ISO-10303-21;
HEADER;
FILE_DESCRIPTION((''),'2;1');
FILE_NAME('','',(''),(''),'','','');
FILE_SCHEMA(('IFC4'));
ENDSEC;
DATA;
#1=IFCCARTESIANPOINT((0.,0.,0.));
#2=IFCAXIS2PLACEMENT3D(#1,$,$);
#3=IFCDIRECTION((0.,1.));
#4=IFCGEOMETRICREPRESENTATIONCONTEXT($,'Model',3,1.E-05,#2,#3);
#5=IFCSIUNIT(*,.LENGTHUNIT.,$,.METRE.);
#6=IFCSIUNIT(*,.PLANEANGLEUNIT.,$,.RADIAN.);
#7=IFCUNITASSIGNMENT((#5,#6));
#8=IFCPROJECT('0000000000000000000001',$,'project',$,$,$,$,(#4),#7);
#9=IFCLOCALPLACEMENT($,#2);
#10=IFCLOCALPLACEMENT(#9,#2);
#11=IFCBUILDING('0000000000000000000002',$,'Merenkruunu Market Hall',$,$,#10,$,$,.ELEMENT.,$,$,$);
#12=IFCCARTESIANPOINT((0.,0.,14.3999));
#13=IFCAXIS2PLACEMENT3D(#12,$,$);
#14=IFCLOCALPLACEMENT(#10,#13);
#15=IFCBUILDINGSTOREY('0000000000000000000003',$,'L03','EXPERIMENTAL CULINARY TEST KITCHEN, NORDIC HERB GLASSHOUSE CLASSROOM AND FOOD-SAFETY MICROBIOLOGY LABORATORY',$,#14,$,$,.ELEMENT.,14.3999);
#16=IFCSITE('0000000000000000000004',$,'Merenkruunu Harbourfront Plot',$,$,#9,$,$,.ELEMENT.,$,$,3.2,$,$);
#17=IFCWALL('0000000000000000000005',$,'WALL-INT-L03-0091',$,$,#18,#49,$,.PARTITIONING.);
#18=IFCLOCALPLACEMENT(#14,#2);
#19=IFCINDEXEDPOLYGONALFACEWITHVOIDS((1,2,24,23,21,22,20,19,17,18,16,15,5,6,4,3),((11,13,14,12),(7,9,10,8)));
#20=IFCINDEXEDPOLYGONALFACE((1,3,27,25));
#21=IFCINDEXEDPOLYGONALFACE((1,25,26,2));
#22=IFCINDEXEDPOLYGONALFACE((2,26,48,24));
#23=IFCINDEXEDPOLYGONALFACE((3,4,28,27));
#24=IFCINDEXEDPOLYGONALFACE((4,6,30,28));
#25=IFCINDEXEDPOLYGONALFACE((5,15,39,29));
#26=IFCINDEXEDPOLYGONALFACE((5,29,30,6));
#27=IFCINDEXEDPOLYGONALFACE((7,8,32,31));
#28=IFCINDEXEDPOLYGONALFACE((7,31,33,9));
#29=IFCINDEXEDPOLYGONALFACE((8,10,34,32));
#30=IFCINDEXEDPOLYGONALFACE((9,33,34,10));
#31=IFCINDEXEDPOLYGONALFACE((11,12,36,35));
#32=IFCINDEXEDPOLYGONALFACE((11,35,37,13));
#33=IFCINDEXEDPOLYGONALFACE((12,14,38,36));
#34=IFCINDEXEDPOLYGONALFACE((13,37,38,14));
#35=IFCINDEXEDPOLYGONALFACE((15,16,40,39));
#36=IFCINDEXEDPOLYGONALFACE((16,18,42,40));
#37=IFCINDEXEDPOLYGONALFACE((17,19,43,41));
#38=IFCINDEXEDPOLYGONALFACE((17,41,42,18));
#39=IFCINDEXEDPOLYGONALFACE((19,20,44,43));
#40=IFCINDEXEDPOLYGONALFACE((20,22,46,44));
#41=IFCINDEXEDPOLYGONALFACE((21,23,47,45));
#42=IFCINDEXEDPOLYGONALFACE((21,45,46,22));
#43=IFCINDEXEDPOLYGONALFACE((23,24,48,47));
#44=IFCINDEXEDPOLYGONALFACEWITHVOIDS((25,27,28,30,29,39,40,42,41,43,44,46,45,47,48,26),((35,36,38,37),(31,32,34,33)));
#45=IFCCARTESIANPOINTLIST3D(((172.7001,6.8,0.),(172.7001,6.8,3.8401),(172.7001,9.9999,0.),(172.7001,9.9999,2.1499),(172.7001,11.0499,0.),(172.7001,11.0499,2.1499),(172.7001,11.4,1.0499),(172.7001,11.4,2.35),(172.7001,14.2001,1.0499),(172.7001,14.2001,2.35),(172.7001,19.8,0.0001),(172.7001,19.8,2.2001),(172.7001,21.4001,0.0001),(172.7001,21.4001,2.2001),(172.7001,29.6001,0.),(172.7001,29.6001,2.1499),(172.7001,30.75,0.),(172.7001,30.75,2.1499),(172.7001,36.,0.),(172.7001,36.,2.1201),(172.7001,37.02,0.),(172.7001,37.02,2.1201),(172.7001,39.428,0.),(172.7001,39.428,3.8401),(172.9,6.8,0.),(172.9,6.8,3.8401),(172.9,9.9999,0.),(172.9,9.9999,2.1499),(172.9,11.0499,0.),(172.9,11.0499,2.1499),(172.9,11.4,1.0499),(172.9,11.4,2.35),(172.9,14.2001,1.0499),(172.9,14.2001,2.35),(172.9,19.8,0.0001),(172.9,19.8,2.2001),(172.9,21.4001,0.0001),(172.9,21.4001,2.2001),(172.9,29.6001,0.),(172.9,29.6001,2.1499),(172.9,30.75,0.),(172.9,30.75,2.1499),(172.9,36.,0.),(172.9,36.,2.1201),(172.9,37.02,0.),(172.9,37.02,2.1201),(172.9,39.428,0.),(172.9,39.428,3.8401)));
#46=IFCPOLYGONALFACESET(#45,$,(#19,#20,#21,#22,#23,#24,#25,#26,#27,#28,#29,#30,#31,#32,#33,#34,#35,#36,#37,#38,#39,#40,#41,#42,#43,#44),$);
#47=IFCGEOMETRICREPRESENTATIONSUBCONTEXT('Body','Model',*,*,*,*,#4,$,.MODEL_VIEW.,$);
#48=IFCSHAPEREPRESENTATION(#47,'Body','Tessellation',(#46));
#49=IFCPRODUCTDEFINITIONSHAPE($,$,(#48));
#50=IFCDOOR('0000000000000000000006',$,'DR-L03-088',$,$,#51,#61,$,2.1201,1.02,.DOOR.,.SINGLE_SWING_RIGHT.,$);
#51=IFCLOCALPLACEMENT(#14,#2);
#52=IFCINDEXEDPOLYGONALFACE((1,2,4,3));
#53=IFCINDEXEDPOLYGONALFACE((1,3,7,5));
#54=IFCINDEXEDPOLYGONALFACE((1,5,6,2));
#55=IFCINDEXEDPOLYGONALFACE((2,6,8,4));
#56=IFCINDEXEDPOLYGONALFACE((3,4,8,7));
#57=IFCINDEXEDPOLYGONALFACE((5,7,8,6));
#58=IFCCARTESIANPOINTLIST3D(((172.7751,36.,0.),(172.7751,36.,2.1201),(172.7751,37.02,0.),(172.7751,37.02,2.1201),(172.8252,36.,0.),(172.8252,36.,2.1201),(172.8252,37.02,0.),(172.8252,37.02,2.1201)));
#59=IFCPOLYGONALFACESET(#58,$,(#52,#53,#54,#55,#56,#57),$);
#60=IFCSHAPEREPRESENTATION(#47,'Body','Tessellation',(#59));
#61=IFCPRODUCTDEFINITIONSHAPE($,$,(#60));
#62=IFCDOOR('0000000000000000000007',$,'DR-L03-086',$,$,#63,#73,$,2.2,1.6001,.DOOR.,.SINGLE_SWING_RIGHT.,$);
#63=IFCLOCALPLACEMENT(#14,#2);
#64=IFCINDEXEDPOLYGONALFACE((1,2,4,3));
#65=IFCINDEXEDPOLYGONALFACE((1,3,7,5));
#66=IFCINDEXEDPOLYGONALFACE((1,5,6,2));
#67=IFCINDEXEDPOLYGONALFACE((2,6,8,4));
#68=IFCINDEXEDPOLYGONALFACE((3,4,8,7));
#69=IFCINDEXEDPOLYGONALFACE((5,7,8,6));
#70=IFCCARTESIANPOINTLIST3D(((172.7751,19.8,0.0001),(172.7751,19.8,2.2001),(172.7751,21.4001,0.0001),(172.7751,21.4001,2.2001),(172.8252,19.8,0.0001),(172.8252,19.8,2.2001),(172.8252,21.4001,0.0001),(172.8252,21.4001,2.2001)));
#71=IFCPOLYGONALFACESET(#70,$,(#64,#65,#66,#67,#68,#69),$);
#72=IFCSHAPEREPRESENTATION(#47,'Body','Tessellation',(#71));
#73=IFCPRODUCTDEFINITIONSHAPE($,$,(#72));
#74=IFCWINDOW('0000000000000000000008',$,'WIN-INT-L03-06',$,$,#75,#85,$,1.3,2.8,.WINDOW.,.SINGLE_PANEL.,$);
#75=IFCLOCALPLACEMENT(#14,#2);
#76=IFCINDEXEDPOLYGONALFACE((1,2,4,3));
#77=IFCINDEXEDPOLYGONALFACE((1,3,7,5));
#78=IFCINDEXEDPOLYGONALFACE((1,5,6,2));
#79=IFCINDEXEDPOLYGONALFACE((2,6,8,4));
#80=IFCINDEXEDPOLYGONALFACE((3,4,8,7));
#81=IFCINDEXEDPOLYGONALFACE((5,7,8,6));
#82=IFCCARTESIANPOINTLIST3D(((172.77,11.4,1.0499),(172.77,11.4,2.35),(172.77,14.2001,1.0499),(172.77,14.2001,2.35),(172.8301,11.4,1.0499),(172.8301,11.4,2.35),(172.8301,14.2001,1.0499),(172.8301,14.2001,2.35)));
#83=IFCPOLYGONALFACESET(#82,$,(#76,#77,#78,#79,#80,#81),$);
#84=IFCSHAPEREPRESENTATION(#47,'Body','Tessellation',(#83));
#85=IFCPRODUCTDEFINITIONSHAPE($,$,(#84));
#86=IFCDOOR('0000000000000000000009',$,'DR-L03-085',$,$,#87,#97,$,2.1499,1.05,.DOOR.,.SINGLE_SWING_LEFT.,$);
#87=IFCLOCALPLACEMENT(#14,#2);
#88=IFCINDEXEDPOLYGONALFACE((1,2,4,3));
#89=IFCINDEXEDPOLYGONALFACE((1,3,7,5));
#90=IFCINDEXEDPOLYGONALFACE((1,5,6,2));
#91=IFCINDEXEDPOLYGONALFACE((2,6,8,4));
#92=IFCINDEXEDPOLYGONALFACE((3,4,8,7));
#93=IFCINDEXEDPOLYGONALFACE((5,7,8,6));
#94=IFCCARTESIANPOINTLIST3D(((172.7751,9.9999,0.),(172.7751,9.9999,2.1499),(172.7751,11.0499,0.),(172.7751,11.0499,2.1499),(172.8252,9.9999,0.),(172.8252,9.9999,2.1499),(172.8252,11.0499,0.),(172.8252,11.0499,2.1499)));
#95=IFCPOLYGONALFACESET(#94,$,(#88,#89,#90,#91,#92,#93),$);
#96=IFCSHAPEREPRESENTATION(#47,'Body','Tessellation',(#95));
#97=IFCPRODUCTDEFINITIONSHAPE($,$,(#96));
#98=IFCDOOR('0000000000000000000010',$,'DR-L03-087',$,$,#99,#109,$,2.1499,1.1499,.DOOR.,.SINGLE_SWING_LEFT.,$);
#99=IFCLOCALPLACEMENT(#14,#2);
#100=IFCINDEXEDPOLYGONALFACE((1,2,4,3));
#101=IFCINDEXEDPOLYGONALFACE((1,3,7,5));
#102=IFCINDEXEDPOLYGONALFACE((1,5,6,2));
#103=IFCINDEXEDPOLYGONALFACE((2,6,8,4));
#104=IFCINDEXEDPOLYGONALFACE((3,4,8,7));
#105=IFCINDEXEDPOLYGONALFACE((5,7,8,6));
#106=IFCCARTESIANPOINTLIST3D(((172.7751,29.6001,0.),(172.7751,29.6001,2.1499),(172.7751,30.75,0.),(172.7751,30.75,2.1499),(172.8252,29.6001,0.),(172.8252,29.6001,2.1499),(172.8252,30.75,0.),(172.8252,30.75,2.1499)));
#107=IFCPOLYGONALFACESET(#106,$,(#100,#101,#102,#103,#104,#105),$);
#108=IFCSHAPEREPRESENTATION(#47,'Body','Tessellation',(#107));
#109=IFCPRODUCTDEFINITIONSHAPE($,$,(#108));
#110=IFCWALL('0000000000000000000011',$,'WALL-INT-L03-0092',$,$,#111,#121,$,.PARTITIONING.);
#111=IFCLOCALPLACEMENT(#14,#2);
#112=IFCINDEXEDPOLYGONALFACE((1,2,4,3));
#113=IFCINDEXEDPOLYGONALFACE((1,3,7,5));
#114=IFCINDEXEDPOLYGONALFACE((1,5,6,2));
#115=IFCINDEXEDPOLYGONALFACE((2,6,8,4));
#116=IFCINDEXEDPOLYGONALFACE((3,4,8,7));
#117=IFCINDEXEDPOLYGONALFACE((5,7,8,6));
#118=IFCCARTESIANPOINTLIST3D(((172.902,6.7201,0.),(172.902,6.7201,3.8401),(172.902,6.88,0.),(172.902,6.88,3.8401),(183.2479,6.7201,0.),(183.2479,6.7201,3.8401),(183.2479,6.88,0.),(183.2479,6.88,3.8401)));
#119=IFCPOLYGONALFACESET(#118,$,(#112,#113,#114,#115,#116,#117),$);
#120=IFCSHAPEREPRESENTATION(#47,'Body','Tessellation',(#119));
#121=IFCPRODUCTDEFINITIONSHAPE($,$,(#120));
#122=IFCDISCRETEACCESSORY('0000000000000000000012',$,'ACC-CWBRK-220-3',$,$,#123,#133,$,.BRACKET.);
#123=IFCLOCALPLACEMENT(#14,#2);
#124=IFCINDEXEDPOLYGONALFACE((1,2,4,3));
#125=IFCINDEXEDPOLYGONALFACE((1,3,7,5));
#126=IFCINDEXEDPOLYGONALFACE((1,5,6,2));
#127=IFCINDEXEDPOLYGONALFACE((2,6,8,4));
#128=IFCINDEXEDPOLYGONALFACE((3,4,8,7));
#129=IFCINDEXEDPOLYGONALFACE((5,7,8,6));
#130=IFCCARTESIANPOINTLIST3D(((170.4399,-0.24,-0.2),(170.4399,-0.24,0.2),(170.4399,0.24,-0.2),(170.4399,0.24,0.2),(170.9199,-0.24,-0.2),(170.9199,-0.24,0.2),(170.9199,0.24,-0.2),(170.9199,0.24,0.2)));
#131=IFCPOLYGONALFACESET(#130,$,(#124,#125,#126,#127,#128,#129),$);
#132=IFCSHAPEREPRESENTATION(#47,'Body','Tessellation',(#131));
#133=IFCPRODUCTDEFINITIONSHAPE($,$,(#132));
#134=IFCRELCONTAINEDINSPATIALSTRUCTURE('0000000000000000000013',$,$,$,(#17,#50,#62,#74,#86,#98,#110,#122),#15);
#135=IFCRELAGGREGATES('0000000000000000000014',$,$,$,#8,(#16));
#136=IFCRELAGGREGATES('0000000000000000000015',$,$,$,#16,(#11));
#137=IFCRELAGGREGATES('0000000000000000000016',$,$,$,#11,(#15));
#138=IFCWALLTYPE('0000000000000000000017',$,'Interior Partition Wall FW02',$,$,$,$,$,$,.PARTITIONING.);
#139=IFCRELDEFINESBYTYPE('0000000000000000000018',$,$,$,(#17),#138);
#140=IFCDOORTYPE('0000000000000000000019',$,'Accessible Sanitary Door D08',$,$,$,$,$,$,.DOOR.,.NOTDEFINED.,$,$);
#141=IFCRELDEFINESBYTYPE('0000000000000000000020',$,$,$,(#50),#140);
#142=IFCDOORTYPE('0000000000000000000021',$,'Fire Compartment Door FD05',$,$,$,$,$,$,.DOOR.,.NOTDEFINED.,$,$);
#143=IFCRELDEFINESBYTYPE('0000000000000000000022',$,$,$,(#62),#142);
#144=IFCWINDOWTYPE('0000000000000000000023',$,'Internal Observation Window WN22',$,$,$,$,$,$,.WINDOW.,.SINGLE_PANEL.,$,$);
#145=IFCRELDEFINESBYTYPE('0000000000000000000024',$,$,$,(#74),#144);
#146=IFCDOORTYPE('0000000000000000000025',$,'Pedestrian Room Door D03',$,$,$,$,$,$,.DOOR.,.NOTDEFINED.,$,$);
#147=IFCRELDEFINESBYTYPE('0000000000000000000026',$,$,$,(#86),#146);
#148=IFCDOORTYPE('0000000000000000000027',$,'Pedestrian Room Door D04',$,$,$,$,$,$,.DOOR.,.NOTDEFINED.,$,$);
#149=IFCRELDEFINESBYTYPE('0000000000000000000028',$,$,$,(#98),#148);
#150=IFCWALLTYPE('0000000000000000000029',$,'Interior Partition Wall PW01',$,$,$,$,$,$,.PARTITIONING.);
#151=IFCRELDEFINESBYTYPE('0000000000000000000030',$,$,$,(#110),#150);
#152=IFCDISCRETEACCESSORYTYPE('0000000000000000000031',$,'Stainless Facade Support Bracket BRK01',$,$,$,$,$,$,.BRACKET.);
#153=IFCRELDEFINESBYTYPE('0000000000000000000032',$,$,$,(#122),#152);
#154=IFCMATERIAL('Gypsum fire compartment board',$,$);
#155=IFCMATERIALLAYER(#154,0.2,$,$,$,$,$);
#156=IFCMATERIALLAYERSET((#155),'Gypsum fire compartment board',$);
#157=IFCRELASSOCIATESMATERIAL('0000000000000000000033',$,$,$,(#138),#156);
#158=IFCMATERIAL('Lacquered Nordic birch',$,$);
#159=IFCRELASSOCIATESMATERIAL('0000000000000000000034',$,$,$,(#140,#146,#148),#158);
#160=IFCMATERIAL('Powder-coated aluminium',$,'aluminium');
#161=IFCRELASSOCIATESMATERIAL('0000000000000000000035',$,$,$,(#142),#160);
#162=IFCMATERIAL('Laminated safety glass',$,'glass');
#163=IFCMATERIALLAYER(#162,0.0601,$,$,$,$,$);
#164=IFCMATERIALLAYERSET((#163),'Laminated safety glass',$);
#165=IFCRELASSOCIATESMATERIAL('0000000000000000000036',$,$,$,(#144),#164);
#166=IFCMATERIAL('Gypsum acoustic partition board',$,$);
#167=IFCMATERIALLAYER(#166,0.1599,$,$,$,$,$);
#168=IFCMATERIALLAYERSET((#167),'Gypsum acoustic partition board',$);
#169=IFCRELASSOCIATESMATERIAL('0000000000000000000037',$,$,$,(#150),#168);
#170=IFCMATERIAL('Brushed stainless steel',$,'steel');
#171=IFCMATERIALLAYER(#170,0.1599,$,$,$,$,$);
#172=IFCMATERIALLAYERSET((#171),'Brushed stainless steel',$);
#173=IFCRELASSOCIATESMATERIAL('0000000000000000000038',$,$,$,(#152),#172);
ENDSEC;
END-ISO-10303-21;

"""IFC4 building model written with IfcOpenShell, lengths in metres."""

from ifc_helpers import new_model, si_unit, direction, frame, frame_2d, origin, origin_2d, place, context, subcontext, project, spatial, rectangle, extrude, material, layer, layer_set, type_object, element, fill, save


model = new_model("IFC4")

# Units and contexts
model_context = context("Model", 3, precision=1e-05, world=origin(), true_north=direction((0.0, 1.0)))
body_context = subcontext(model_context, "Body", "Model", "MODEL_VIEW")
ifc_project = project(units=[si_unit("LENGTHUNIT", "METRE"), si_unit("PLANEANGLEUNIT", "RADIAN")], contexts=[model_context])

# Site, building, storey
site_placement = place(None, origin())
site = spatial("IfcSite", under=ifc_project, at=site_placement, Name="Merenkruunu Harbourfront Plot", CompositionType="ELEMENT", RefElevation=3.2)
building_placement = place(site_placement, origin())
building = spatial("IfcBuilding", under=site, at=building_placement, Name="Merenkruunu Market Hall", CompositionType="ELEMENT")
storey_placement = place(building_placement, frame((0.0, 0.0, 14.3999)))
storey = spatial("IfcBuildingStorey", under=building, at=storey_placement, Name="L03", Description="EXPERIMENTAL CULINARY TEST KITCHEN, NORDIC HERB GLASSHOUSE CLASSROOM AND FOOD-SAFETY MICROBIOLOGY LABORATORY", CompositionType="ELEMENT", Elevation=14.3999)

# Shared definitions
ifc_material_1 = material(Name="Powder-coated aluminium", Category="aluminium")

# Wall, openings, doors, window
ifc_material_2 = material(Name="Gypsum fire compartment board")
ifc_layer_1 = layer(ifc_material_2, 0.2)
ifc_layer_set_1 = layer_set([ifc_layer_1], Name="Gypsum fire compartment board")
wall_type_1 = type_object("IfcWallType", Name="Interior Partition Wall FW02", PredefinedType="PARTITIONING", material=ifc_layer_set_1)
wall_1_placement = place(storey_placement, frame((172.8, 6.8, 0.0), z_axis=(0.0, 0.0, 1.0), x_axis=(0.0, 1.0, 0.0)))
wall_1 = element("IfcWall", 1, at=wall_1_placement, inside=storey, type_object=wall_type_1, Name="WALL-INT-L03-0091", PredefinedType="PARTITIONING", context=body_context, shape_type="SweptSolid", body=[
    extrude(rectangle(XDim=32.6279, YDim=0.2, at=frame_2d((16.314, 0.0))), origin(), (0.0, 0.0, 1.0), 3.8401),
])
opening_1_placement = place(wall_1_placement, frame((3.2, 0.0, 0.0)))
opening_1 = element("IfcOpeningElement", 2, at=opening_1_placement, cuts=wall_1, PredefinedType="OPENING", context=body_context, shape_type="SweptSolid", body=[
    extrude(rectangle(XDim=1.05, YDim=2.1499, at=frame_2d((0.5249, 1.075))), frame((0.0, 0.1099, 0.0), z_axis=(0.0, -1.0, 0.0), x_axis=(1.0, 0.0, 0.0)), (0.0, 0.0, 1.0), 0.22),
])
opening_2_placement = place(wall_1_placement, frame((13.0, 0.0, 0.0)))
opening_2 = element("IfcOpeningElement", 3, at=opening_2_placement, cuts=wall_1, PredefinedType="OPENING", context=body_context, shape_type="SweptSolid", body=[
    extrude(rectangle(XDim=1.6001, YDim=2.2, at=frame_2d((0.8, 1.1001))), frame((0.0, 0.1099, 0.0), z_axis=(0.0, -1.0, 0.0), x_axis=(1.0, 0.0, 0.0)), (0.0, 0.0, 1.0), 0.22),
])
opening_3_placement = place(wall_1_placement, frame((22.8, 0.0, 0.0)))
opening_3 = element("IfcOpeningElement", 4, at=opening_3_placement, cuts=wall_1, PredefinedType="OPENING", context=body_context, shape_type="SweptSolid", body=[
    extrude(rectangle(XDim=1.1499, YDim=2.1499, at=frame_2d((0.575, 1.075))), frame((0.0, 0.1099, 0.0), z_axis=(0.0, -1.0, 0.0), x_axis=(1.0, 0.0, 0.0)), (0.0, 0.0, 1.0), 0.22),
])
opening_4_placement = place(wall_1_placement, frame((29.2, 0.0, 0.0)))
opening_4 = element("IfcOpeningElement", 5, at=opening_4_placement, cuts=wall_1, PredefinedType="OPENING", context=body_context, shape_type="SweptSolid", body=[
    extrude(rectangle(XDim=1.02, YDim=2.1201, at=frame_2d((0.51, 1.0601))), frame((0.0, 0.1099, 0.0), z_axis=(0.0, -1.0, 0.0), x_axis=(1.0, 0.0, 0.0)), (0.0, 0.0, 1.0), 0.22),
])
opening_5_placement = place(wall_1_placement, frame((4.6001, 0.0, 1.05)))
opening_5 = element("IfcOpeningElement", 6, at=opening_5_placement, cuts=wall_1, PredefinedType="OPENING", context=body_context, shape_type="SweptSolid", body=[
    extrude(rectangle(XDim=2.8, YDim=1.3, at=frame_2d((1.3999, 0.6499))), frame((0.0, 0.1099, 0.0), z_axis=(0.0, -1.0, 0.0), x_axis=(1.0, 0.0, 0.0)), (0.0, 0.0, 1.0), 0.22),
])
ifc_material_3 = material(Name="Lacquered Nordic birch")
door_type_1 = type_object("IfcDoorType", Name="Accessible Sanitary Door D08", OperationType="NOTDEFINED", PredefinedType="DOOR", material=ifc_material_3)
door_1_placement = place(opening_4_placement, origin())
door_1 = element("IfcDoor", 7, at=door_1_placement, inside=storey, type_object=door_type_1, Name="DR-L03-088", OperationType="SINGLE_SWING_RIGHT", OverallHeight=2.1201, OverallWidth=1.02, PredefinedType="DOOR", context=body_context, shape_type="SweptSolid", body=[
    extrude(rectangle(XDim=1.02, YDim=2.1201, at=frame_2d((0.51, 1.0601))), frame((0.0, 0.0249, 0.0), z_axis=(0.0, -1.0, 0.0), x_axis=(1.0, 0.0, 0.0)), (0.0, 0.0, 1.0), 0.05),
])
fill(opening_4, door_1)
door_type_2 = type_object("IfcDoorType", Name="Fire Compartment Door FD05", OperationType="NOTDEFINED", PredefinedType="DOOR", material=ifc_material_1)
door_2_placement = place(opening_2_placement, origin())
door_2 = element("IfcDoor", 8, at=door_2_placement, inside=storey, type_object=door_type_2, Name="DR-L03-086", OperationType="SINGLE_SWING_RIGHT", OverallHeight=2.2, OverallWidth=1.6001, PredefinedType="DOOR", context=body_context, shape_type="SweptSolid", body=[
    extrude(rectangle(XDim=1.6001, YDim=2.2, at=frame_2d((0.8, 1.1001))), frame((0.0, 0.0249, 0.0), z_axis=(0.0, -1.0, 0.0), x_axis=(1.0, 0.0, 0.0)), (0.0, 0.0, 1.0), 0.05),
])
fill(opening_2, door_2)
ifc_material_4 = material(Name="Laminated safety glass", Category="glass")
ifc_layer_2 = layer(ifc_material_4, 0.0601)
ifc_layer_set_2 = layer_set([ifc_layer_2], Name="Laminated safety glass")
window_type = type_object("IfcWindowType", Name="Internal Observation Window WN22", PartitioningType="SINGLE_PANEL", PredefinedType="WINDOW", material=ifc_layer_set_2)
window_placement = place(opening_5_placement, origin())
window = element("IfcWindow", 9, at=window_placement, inside=storey, type_object=window_type, Name="WIN-INT-L03-06", OverallHeight=1.3, OverallWidth=2.8, PartitioningType="SINGLE_PANEL", PredefinedType="WINDOW", context=body_context, shape_type="SweptSolid", body=[
    extrude(rectangle(XDim=2.8, YDim=1.3, at=frame_2d((1.3999, 0.6499))), frame((0.0, 0.03, 0.0), z_axis=(0.0, -1.0, 0.0), x_axis=(1.0, 0.0, 0.0)), (0.0, 0.0, 1.0), 0.0601),
])
fill(opening_5, window)
door_type_3 = type_object("IfcDoorType", Name="Pedestrian Room Door D03", OperationType="NOTDEFINED", PredefinedType="DOOR", material=ifc_material_3)
door_3_placement = place(opening_1_placement, origin())
door_3 = element("IfcDoor", 10, at=door_3_placement, inside=storey, type_object=door_type_3, Name="DR-L03-085", OperationType="SINGLE_SWING_LEFT", OverallHeight=2.1499, OverallWidth=1.05, PredefinedType="DOOR", context=body_context, shape_type="SweptSolid", body=[
    extrude(rectangle(XDim=1.05, YDim=2.1499, at=frame_2d((0.5249, 1.075))), frame((0.0, 0.0249, 0.0), z_axis=(0.0, -1.0, 0.0), x_axis=(1.0, 0.0, 0.0)), (0.0, 0.0, 1.0), 0.05),
])
fill(opening_1, door_3)
door_type_4 = type_object("IfcDoorType", Name="Pedestrian Room Door D04", OperationType="NOTDEFINED", PredefinedType="DOOR", material=ifc_material_3)
door_4_placement = place(opening_3_placement, origin())
door_4 = element("IfcDoor", 11, at=door_4_placement, inside=storey, type_object=door_type_4, Name="DR-L03-087", OperationType="SINGLE_SWING_LEFT", OverallHeight=2.1499, OverallWidth=1.1499, PredefinedType="DOOR", context=body_context, shape_type="SweptSolid", body=[
    extrude(rectangle(XDim=1.1499, YDim=2.1499, at=frame_2d((0.575, 1.075))), frame((0.0, 0.0249, 0.0), z_axis=(0.0, -1.0, 0.0), x_axis=(1.0, 0.0, 0.0)), (0.0, 0.0, 1.0), 0.05),
])
fill(opening_3, door_4)

# Wall
ifc_material_5 = material(Name="Gypsum acoustic partition board")
ifc_layer_3 = layer(ifc_material_5, 0.1599)
ifc_layer_set_3 = layer_set([ifc_layer_3], Name="Gypsum acoustic partition board")
wall_type_2 = type_object("IfcWallType", Name="Interior Partition Wall PW01", PredefinedType="PARTITIONING", material=ifc_layer_set_3)
wall_2_placement = place(storey_placement, frame((172.9021, 6.8, 0.0), z_axis=(0.0, 0.0, 1.0), x_axis=(1.0, 0.0, 0.0)))
element("IfcWall", 12, at=wall_2_placement, inside=storey, type_object=wall_type_2, Name="WALL-INT-L03-0092", PredefinedType="PARTITIONING", context=body_context, shape_type="SweptSolid", body=[
    extrude(rectangle(XDim=10.3459, YDim=0.1599, at=frame_2d((5.1729, 0.0))), origin(), (0.0, 0.0, 1.0), 3.8401),
])

# Discrete accessory
ifc_material_6 = material(Name="Brushed stainless steel", Category="steel")
ifc_layer_4 = layer(ifc_material_6, 0.1599)
ifc_layer_set_4 = layer_set([ifc_layer_4], Name="Brushed stainless steel")
discrete_accessory_type = type_object("IfcDiscreteAccessoryType", Name="Stainless Facade Support Bracket BRK01", PredefinedType="BRACKET", material=ifc_layer_set_4)
discrete_accessory_placement = place(storey_placement, frame((170.6799, 0.0, -0.2), z_axis=(0.0, 0.0, 1.0), x_axis=(1.0, 0.0, 0.0)))
element("IfcDiscreteAccessory", 13, at=discrete_accessory_placement, inside=storey, type_object=discrete_accessory_type, Name="ACC-CWBRK-220-3", PredefinedType="BRACKET", context=body_context, shape_type="SweptSolid", body=[
    extrude(rectangle(XDim=0.48, YDim=0.48, at=origin_2d()), origin(), (0.0, 0.0, 1.0), 0.3999),
])

save(model, "model.ifc")
